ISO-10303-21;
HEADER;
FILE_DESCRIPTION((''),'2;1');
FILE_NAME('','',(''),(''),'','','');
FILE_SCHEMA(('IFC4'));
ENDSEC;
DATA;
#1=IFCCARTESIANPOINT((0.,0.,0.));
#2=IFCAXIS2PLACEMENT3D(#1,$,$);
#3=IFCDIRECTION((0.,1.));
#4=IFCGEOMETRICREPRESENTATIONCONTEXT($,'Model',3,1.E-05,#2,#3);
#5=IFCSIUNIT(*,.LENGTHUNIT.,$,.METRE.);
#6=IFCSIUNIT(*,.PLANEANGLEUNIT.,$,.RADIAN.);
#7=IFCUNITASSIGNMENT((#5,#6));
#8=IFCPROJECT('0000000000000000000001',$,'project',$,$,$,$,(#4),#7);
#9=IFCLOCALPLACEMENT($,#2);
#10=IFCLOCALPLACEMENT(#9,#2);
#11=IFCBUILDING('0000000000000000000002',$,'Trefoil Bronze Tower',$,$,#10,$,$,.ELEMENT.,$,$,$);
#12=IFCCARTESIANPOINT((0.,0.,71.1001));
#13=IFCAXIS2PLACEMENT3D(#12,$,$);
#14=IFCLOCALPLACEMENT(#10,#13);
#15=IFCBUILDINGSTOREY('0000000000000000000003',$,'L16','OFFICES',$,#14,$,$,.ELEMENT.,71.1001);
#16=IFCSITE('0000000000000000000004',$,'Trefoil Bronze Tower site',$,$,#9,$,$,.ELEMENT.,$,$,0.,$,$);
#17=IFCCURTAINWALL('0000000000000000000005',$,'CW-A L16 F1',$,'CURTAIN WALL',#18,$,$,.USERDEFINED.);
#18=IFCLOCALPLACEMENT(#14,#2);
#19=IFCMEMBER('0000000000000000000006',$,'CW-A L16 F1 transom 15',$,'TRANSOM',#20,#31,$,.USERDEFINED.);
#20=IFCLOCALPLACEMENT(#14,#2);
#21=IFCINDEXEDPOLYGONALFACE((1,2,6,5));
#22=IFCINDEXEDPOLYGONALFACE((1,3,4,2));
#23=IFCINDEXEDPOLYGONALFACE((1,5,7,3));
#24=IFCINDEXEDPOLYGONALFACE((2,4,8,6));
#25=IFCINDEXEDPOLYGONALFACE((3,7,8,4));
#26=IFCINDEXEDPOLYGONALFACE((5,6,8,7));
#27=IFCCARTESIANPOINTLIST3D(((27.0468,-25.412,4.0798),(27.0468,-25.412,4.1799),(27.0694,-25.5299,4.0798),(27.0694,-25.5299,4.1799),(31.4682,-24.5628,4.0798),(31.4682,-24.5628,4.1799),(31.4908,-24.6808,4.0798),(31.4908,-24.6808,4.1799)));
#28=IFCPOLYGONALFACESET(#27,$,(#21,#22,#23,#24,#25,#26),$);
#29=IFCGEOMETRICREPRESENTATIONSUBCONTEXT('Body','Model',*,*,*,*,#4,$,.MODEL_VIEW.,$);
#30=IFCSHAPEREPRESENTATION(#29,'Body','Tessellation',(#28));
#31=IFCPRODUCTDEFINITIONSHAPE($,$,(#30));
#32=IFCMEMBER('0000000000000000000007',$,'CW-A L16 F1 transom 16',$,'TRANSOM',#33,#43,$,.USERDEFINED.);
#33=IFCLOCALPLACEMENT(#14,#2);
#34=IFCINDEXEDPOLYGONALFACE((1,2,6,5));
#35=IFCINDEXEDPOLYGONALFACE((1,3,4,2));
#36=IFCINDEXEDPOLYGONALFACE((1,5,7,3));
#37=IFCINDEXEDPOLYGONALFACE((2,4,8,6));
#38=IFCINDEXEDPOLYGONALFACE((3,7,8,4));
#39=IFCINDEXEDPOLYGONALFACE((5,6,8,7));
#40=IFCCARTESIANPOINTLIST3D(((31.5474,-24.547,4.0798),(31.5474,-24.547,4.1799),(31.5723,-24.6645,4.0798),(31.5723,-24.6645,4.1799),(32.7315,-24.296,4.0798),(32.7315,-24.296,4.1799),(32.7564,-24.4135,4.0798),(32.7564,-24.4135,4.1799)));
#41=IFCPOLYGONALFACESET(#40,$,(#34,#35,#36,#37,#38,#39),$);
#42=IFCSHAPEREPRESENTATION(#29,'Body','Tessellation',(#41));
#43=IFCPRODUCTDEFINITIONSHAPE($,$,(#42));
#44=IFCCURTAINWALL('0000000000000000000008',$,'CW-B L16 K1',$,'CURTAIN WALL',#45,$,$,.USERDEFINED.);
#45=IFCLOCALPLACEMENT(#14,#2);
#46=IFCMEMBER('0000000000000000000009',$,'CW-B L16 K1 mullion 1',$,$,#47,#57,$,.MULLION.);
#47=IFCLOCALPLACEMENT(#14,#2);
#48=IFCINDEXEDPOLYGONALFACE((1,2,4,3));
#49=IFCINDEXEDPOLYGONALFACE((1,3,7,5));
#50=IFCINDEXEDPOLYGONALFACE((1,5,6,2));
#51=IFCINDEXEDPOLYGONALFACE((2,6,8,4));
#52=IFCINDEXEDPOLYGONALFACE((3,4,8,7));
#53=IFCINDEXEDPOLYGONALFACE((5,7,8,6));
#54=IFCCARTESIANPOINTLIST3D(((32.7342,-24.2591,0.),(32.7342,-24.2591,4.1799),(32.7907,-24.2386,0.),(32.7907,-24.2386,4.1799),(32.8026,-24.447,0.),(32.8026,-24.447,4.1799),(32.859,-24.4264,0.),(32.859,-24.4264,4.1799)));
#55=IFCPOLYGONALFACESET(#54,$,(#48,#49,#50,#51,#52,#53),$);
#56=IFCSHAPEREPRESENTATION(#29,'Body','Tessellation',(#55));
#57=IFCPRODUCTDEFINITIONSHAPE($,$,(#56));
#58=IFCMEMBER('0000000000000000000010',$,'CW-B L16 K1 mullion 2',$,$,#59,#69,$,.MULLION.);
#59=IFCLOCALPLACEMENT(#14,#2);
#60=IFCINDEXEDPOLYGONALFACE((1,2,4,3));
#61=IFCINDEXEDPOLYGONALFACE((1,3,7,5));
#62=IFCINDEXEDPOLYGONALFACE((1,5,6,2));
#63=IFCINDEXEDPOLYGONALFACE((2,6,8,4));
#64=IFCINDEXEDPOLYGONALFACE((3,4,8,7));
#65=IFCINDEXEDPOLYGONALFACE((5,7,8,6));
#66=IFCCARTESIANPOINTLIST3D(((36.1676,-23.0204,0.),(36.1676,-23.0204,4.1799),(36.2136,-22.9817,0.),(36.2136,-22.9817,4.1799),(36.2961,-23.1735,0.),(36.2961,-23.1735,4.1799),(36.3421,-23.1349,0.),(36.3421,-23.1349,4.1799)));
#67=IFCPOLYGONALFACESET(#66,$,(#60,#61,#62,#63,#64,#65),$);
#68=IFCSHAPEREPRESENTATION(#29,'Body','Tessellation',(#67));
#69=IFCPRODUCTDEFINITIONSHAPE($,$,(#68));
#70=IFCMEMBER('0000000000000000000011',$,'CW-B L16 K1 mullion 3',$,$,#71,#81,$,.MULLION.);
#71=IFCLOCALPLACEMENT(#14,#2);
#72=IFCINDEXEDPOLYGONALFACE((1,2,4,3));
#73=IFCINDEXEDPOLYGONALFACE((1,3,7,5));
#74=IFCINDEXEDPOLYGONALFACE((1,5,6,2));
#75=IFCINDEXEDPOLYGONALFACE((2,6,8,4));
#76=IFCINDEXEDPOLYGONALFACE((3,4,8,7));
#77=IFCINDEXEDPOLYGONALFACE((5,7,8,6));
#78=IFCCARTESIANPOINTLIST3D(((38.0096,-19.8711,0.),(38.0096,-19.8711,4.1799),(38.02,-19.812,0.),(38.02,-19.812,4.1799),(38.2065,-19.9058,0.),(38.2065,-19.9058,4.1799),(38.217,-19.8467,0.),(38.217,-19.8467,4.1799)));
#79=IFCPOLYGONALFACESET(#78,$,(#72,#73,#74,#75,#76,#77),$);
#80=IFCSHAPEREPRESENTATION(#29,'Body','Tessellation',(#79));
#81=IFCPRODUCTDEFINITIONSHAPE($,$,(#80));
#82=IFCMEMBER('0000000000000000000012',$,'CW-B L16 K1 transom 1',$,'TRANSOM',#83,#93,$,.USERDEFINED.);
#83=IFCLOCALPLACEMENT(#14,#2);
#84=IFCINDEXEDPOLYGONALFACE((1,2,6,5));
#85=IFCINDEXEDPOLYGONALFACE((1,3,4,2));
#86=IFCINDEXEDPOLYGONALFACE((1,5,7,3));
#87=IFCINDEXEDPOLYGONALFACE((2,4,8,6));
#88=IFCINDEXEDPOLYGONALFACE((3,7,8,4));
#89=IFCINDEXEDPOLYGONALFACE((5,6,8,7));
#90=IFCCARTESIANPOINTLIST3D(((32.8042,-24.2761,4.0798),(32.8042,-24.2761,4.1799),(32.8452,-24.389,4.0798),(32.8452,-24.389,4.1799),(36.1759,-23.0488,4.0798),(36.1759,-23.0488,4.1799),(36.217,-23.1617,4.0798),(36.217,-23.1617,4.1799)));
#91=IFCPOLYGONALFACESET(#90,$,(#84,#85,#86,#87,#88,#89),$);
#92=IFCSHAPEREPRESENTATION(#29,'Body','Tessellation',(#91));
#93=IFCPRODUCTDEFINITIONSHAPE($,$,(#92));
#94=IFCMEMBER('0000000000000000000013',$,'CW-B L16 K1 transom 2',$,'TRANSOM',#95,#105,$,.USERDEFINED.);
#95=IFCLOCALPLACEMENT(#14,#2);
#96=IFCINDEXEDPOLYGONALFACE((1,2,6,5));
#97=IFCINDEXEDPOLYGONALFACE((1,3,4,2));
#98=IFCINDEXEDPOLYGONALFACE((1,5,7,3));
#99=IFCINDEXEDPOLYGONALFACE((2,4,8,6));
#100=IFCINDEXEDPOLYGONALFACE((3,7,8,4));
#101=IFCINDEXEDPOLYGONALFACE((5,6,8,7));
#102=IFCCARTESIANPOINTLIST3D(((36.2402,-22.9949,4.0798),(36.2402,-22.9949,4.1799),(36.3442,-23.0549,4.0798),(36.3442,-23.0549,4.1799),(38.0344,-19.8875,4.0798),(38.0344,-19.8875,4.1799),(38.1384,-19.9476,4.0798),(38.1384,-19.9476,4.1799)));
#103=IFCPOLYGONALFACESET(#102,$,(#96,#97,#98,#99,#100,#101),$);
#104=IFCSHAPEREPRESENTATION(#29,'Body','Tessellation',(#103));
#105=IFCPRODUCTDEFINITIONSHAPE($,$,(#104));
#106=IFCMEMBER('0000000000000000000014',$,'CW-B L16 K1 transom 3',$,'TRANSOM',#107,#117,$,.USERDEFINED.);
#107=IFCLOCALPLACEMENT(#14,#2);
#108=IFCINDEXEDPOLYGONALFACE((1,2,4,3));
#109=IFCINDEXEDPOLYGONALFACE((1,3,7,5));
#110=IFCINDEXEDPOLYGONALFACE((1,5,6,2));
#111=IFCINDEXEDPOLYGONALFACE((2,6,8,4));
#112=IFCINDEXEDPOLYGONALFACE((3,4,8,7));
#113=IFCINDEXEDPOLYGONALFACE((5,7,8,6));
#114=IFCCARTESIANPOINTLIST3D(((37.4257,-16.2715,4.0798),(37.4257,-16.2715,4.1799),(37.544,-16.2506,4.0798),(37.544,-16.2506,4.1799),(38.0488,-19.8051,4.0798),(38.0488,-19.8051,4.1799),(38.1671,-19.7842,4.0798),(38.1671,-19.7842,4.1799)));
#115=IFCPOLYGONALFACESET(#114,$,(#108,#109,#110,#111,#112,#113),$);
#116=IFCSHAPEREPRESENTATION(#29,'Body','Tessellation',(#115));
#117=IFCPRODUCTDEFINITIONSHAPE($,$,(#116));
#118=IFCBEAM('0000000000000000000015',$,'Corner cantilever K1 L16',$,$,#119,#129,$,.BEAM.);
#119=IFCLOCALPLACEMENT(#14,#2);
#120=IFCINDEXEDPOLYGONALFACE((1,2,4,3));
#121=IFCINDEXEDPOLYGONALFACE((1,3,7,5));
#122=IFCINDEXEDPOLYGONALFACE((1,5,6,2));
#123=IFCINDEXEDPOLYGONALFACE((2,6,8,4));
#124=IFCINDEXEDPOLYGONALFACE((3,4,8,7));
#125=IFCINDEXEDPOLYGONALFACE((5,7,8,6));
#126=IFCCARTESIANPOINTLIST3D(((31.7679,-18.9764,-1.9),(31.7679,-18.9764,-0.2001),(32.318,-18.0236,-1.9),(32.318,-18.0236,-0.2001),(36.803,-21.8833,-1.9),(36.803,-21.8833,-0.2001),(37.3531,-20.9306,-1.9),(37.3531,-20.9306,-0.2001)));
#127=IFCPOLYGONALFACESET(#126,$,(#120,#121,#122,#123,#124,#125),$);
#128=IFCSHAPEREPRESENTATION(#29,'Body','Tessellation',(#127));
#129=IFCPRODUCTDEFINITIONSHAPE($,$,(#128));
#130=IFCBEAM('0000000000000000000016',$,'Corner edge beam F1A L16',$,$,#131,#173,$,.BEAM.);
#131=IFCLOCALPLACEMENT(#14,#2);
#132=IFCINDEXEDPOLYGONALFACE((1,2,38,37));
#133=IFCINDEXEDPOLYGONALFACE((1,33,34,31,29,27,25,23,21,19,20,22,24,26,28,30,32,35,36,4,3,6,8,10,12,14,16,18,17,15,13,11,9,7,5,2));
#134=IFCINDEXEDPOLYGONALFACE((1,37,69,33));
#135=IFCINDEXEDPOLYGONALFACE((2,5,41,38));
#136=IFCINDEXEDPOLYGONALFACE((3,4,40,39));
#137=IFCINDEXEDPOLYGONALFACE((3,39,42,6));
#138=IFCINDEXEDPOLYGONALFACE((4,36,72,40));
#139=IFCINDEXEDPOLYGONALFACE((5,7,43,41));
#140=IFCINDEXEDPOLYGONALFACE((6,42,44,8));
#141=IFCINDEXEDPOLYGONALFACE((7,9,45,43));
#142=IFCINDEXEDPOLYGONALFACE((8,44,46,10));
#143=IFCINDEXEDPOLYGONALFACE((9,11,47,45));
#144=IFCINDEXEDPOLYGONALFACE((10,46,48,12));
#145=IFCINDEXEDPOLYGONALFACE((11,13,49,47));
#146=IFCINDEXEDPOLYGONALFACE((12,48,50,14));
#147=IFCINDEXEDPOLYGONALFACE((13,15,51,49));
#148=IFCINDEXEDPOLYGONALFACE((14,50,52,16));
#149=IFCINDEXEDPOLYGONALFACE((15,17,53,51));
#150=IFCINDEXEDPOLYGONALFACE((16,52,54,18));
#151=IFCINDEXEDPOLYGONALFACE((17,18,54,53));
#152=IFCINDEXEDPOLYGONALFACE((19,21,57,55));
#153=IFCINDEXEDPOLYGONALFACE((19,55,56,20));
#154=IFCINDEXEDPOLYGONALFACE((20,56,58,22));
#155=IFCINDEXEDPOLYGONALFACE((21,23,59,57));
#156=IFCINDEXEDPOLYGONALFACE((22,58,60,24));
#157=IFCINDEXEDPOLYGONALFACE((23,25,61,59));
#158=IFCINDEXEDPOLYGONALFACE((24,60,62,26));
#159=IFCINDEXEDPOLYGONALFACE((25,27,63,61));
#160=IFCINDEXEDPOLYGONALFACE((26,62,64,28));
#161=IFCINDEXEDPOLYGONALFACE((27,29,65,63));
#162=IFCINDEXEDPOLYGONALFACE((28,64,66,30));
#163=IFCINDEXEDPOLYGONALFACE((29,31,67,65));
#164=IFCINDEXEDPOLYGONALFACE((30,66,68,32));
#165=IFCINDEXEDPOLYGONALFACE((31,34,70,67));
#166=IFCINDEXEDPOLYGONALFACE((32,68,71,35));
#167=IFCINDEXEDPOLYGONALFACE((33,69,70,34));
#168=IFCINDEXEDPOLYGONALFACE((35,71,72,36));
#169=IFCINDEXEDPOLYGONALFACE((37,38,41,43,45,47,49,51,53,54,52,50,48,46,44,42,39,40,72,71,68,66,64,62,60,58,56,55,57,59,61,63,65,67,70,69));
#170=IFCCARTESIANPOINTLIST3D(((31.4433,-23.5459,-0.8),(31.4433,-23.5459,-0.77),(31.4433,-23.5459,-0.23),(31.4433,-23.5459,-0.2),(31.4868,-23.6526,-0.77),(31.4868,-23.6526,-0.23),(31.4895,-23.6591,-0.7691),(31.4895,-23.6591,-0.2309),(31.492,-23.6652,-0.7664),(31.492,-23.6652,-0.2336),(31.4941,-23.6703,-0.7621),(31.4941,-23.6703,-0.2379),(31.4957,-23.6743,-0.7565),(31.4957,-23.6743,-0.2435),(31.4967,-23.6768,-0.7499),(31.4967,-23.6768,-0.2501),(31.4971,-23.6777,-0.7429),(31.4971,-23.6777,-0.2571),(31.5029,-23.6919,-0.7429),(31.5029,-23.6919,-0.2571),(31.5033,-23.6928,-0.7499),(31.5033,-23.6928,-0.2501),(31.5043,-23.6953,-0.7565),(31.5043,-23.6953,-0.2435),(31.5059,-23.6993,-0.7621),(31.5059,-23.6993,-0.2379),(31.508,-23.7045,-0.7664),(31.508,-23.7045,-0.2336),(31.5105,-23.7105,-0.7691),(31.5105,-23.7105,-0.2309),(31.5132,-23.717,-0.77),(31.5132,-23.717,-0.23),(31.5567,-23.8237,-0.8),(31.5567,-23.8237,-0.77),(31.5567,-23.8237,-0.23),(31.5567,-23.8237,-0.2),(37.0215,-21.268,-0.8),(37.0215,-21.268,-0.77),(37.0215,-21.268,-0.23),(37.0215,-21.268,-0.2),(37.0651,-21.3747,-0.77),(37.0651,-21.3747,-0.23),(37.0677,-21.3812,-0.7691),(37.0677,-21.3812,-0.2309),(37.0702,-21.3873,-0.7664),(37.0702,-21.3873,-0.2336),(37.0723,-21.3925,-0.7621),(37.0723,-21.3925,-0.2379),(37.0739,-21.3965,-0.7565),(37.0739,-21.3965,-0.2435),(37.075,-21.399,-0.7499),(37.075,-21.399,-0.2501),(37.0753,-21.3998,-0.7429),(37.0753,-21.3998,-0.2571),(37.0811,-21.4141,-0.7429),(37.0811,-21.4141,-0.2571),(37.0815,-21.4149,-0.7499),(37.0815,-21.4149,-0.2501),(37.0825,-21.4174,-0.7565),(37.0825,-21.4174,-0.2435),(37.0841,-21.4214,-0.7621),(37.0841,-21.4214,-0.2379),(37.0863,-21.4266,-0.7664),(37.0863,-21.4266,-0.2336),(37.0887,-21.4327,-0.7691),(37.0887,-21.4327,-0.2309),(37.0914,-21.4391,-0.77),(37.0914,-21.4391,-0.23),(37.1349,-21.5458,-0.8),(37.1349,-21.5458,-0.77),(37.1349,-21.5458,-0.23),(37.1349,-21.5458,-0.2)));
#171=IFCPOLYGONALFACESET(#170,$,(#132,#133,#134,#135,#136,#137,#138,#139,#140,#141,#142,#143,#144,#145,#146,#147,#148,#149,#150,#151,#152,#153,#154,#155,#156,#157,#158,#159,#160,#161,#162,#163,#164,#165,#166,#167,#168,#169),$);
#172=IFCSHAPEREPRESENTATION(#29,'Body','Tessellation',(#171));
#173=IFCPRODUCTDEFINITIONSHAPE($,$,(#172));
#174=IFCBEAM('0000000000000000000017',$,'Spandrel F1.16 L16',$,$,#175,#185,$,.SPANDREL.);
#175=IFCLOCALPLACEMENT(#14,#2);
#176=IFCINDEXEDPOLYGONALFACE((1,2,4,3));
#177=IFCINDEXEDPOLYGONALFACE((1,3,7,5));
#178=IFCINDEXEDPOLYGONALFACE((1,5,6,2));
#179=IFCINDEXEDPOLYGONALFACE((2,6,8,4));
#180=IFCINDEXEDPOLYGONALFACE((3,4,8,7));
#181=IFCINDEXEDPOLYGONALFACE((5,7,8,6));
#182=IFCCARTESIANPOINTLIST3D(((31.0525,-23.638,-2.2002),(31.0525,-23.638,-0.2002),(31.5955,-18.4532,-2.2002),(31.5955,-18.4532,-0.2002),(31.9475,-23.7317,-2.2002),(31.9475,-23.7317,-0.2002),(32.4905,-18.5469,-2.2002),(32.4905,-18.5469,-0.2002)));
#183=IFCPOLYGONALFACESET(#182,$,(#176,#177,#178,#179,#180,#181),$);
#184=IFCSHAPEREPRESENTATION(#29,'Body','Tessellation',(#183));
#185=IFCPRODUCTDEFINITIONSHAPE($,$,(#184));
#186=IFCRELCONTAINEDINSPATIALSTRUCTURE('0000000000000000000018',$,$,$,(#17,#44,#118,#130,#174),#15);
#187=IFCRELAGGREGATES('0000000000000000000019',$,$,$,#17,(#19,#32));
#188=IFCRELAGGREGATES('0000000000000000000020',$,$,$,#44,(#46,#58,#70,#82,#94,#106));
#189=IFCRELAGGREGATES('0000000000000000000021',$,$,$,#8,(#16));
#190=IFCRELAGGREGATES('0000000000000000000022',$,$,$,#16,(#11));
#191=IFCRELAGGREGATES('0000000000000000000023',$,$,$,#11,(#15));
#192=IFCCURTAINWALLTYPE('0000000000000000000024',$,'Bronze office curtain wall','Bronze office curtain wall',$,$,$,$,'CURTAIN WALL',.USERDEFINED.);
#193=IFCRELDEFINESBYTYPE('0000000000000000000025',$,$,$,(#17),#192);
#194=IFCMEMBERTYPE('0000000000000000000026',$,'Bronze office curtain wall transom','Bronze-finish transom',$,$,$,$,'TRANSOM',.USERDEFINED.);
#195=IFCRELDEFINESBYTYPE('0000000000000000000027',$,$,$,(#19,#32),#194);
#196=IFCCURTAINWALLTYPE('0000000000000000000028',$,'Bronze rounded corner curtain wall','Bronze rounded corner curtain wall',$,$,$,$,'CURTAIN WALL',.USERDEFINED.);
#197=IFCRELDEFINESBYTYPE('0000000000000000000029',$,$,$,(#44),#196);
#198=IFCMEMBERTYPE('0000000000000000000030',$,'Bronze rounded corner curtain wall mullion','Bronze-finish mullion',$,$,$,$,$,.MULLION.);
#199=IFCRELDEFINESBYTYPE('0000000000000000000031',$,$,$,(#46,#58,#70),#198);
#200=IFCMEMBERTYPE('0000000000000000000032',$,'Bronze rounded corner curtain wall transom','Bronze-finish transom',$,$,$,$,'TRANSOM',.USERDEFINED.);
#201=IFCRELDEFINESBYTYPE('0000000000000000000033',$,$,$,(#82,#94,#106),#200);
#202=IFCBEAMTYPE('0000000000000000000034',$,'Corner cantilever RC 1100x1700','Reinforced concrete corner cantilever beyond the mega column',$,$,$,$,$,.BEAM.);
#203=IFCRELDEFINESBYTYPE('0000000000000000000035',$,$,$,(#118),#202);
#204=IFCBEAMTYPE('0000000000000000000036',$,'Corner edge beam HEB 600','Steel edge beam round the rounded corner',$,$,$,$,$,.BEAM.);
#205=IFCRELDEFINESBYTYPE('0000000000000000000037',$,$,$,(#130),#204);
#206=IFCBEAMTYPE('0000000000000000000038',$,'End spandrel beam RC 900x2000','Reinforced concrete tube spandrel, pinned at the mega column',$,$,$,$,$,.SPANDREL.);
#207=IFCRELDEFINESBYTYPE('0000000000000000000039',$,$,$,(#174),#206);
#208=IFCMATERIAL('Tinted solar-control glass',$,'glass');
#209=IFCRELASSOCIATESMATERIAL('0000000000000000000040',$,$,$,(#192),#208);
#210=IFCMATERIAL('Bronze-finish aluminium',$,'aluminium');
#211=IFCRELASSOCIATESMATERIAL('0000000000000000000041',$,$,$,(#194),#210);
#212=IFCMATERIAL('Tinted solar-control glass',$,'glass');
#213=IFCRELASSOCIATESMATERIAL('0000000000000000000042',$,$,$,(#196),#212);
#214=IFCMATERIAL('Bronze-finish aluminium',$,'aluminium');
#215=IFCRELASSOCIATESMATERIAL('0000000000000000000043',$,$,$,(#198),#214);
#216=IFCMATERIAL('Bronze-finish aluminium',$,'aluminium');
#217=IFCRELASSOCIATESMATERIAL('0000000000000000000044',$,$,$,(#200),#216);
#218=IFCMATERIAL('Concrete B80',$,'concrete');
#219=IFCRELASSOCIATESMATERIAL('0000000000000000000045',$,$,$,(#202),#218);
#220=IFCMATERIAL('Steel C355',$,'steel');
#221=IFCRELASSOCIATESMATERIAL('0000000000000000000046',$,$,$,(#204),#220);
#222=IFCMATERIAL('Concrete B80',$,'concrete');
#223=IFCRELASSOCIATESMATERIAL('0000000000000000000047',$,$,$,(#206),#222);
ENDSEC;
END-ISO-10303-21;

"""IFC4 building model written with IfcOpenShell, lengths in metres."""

from ifc_helpers import new_model, si_unit, direction, frame, origin, origin_2d, place, context, subcontext, project, spatial, rectangle, i_section, extrude, material, material_profile, profile_set, type_object, element, aggregate, save


model = new_model("IFC4")

# Units and contexts
model_context = context("Model", 3, precision=1e-05, world=origin(), true_north=direction((0.0, 1.0)))
body_context = subcontext(model_context, "Body", "Model", "MODEL_VIEW")
ifc_project = project(units=[si_unit("LENGTHUNIT", "METRE"), si_unit("PLANEANGLEUNIT", "RADIAN")], contexts=[model_context])

# Site, building, storey
site_placement = place(None, origin())
site = spatial("IfcSite", under=ifc_project, at=site_placement, Name="Trefoil Bronze Tower site", CompositionType="ELEMENT", RefElevation=0.0)
building_placement = place(site_placement, origin())
building = spatial("IfcBuilding", under=site, at=building_placement, Name="Trefoil Bronze Tower", CompositionType="ELEMENT")
storey_placement = place(building_placement, frame((0.0, 0.0, 71.1001)))
storey = spatial("IfcBuildingStorey", under=building, at=storey_placement, Name="L16", Description="OFFICES", CompositionType="ELEMENT", Elevation=71.1001)

# Curtain walls, members
ifc_material_1 = material(Name="Tinted solar-control glass", Category="glass")
curtain_wall_type_1 = type_object("IfcCurtainWallType", Name="Bronze office curtain wall", Description="Bronze office curtain wall", ElementType="CURTAIN WALL", PredefinedType="USERDEFINED", material=ifc_material_1)
curtain_wall_1_placement = place(storey_placement, origin())
curtain_wall_1 = element("IfcCurtainWall", 1, at=curtain_wall_1_placement, inside=storey, type_object=curtain_wall_type_1, Name="CW-A L16 F1", ObjectType="CURTAIN WALL", PredefinedType="USERDEFINED")
ifc_material_2 = material(Name="Bronze-finish aluminium", Category="aluminium")
ifc_material_profile_1 = material_profile(ifc_material_2, rectangle(XDim=0.1201, YDim=0.1001, at=origin_2d()), Name="CW-A transom")
ifc_profile_set_1 = profile_set([ifc_material_profile_1], Name="Bronze-finish aluminium")
member_type_1 = type_object("IfcMemberType", Name="Bronze office curtain wall transom", Description="Bronze-finish transom", ElementType="TRANSOM", PredefinedType="USERDEFINED", material=ifc_profile_set_1)
member_1_placement = place(storey_placement, frame((27.0581, -25.4709, 4.1299), z_axis=(0.982054, 0.188602, 0.0), x_axis=(-0.188602, 0.982054, 0.0)))
member_1 = element("IfcMember", 2, at=member_1_placement, type_object=member_type_1, Name="CW-A L16 F1 transom 15", ObjectType="TRANSOM", PredefinedType="USERDEFINED", context=body_context, shape_type="SweptSolid", body=[
    extrude(rectangle(XDim=0.1201, YDim=0.1001, at=origin_2d()), origin(), (0.0, 0.0, 1.0), 4.5022),
])
member_2_placement = place(storey_placement, frame((31.5598, -24.6057, 4.1299), z_axis=(0.978266, 0.207352, 0.0), x_axis=(-0.207352, 0.978266, 0.0)))
member_2 = element("IfcMember", 3, at=member_2_placement, type_object=member_type_1, Name="CW-A L16 F1 transom 16", ObjectType="TRANSOM", PredefinedType="USERDEFINED", context=body_context, shape_type="SweptSolid", body=[
    extrude(rectangle(XDim=0.1201, YDim=0.1001, at=origin_2d()), origin(), (0.0, 0.0, 1.0), 1.2104),
])
ifc_material_3 = material(Name="Tinted solar-control glass", Category="glass")
curtain_wall_type_2 = type_object("IfcCurtainWallType", Name="Bronze rounded corner curtain wall", Description="Bronze rounded corner curtain wall", ElementType="CURTAIN WALL", PredefinedType="USERDEFINED", material=ifc_material_3)
curtain_wall_2_placement = place(storey_placement, origin())
curtain_wall_2 = element("IfcCurtainWall", 4, at=curtain_wall_2_placement, inside=storey, type_object=curtain_wall_type_2, Name="CW-B L16 K1", ObjectType="CURTAIN WALL", PredefinedType="USERDEFINED")
ifc_material_4 = material(Name="Bronze-finish aluminium", Category="aluminium")
ifc_material_profile_2 = material_profile(ifc_material_4, rectangle(XDim=0.2, YDim=0.0601, at=origin_2d()), Name="CW-B mullion")
ifc_profile_set_2 = profile_set([ifc_material_profile_2], Name="Bronze-finish aluminium")
member_type_2 = type_object("IfcMemberType", Name="Bronze rounded corner curtain wall mullion", Description="Bronze-finish mullion", PredefinedType="MULLION", material=ifc_profile_set_2)
member_3_placement = place(storey_placement, frame((32.7966, -24.3428, 0.0), z_axis=(0.0, 0.0, 1.0), x_axis=(-0.34202, 0.939693, 0.0)))
member_3 = element("IfcMember", 5, at=member_3_placement, type_object=member_type_2, Name="CW-B L16 K1 mullion 1", PredefinedType="MULLION", context=body_context, shape_type="SweptSolid", body=[
    extrude(rectangle(XDim=0.2, YDim=0.0601, at=origin_2d()), origin(), (0.0, 0.0, 1.0), 4.1799),
])
member_4_placement = place(storey_placement, frame((36.2549, -23.0776, 0.0), z_axis=(0.0, 0.0, 1.0), x_axis=(-0.642788, 0.766044, 0.0)))
member_4 = element("IfcMember", 6, at=member_4_placement, type_object=member_type_2, Name="CW-B L16 K1 mullion 2", PredefinedType="MULLION", context=body_context, shape_type="SweptSolid", body=[
    extrude(rectangle(XDim=0.2, YDim=0.0601, at=origin_2d()), origin(), (0.0, 0.0, 1.0), 4.1799),
])
member_5_placement = place(storey_placement, frame((38.1133, -19.8589, 0.0), z_axis=(0.0, 0.0, 1.0), x_axis=(-0.984808, 0.173648, 0.0)))
member_5 = element("IfcMember", 7, at=member_5_placement, type_object=member_type_2, Name="CW-B L16 K1 mullion 3", PredefinedType="MULLION", context=body_context, shape_type="SweptSolid", body=[
    extrude(rectangle(XDim=0.2, YDim=0.0601, at=origin_2d()), origin(), (0.0, 0.0, 1.0), 4.1799),
])
ifc_material_5 = material(Name="Bronze-finish aluminium", Category="aluminium")
ifc_material_profile_3 = material_profile(ifc_material_5, rectangle(XDim=0.1201, YDim=0.1001, at=origin_2d()), Name="CW-B transom")
ifc_profile_set_3 = profile_set([ifc_material_profile_3], Name="Bronze-finish aluminium")
member_type_3 = type_object("IfcMemberType", Name="Bronze rounded corner curtain wall transom", Description="Bronze-finish transom", ElementType="TRANSOM", PredefinedType="USERDEFINED", material=ifc_profile_set_3)
member_6_placement = place(storey_placement, frame((32.8247, -24.3325, 4.1299), z_axis=(0.939688, 0.342033, 0.0), x_axis=(-0.342033, 0.939688, 0.0)))
member_6 = element("IfcMember", 8, at=member_6_placement, type_object=member_type_3, Name="CW-B L16 K1 transom 1", ObjectType="TRANSOM", PredefinedType="USERDEFINED", context=body_context, shape_type="SweptSolid", body=[
    extrude(rectangle(XDim=0.1201, YDim=0.1001, at=origin_2d()), origin(), (0.0, 0.0, 1.0), 3.5881),
])
member_7_placement = place(storey_placement, frame((36.2922, -23.0249, 4.1299), z_axis=(0.500025, 0.866011, 0.0), x_axis=(-0.866011, 0.500025, 0.0)))
member_7 = element("IfcMember", 9, at=member_7_placement, type_object=member_type_3, Name="CW-B L16 K1 transom 2", ObjectType="TRANSOM", PredefinedType="USERDEFINED", context=body_context, shape_type="SweptSolid", body=[
    extrude(rectangle(XDim=0.1201, YDim=0.1001, at=origin_2d()), origin(), (0.0, 0.0, 1.0), 3.5881),
])
member_8_placement = place(storey_placement, frame((38.1079, -19.7947, 4.1299), z_axis=(-0.173638, 0.98481, 0.0), x_axis=(-0.98481, -0.173638, 0.0)))
member_8 = element("IfcMember", 10, at=member_8_placement, type_object=member_type_3, Name="CW-B L16 K1 transom 3", ObjectType="TRANSOM", PredefinedType="USERDEFINED", context=body_context, shape_type="SweptSolid", body=[
    extrude(rectangle(XDim=0.1201, YDim=0.1001, at=origin_2d()), origin(), (0.0, 0.0, 1.0), 3.5881),
])

# Beams
ifc_material_6 = material(Name="Concrete B80", Category="concrete")
ifc_material_profile_4 = material_profile(ifc_material_6, rectangle(XDim=1.1001, YDim=1.7, at=origin_2d()), Name="RC 1100x1700")
ifc_profile_set_4 = profile_set([ifc_material_profile_4], Name="Concrete B80")
beam_type_1 = type_object("IfcBeamType", Name="Corner cantilever RC 1100x1700", Description="Reinforced concrete corner cantilever beyond the mega column", PredefinedType="BEAM", material=ifc_profile_set_4)
beam_1_placement = place(storey_placement, frame((32.043, -18.5, -1.05), z_axis=(0.86603, -0.499991, 0.0), x_axis=(0.499991, 0.86603, 0.0)))
element("IfcBeam", 11, at=beam_1_placement, inside=storey, type_object=beam_type_1, Name="Corner cantilever K1 L16", PredefinedType="BEAM", context=body_context, shape_type="SweptSolid", body=[
    extrude(rectangle(XDim=1.1001, YDim=1.7, at=origin_2d()), origin(), (0.0, 0.0, 1.0), 5.814),
])
ifc_material_7 = material(Name="Steel C355", Category="steel")
ifc_material_profile_5 = material_profile(ifc_material_7, i_section(OverallWidth=0.3, OverallDepth=0.6001, WebThickness=0.0154, FlangeThickness=0.03, FilletRadius=0.0271, at=origin_2d()), Name="HEB 600")
ifc_profile_set_5 = profile_set([ifc_material_profile_5], Name="Steel C355")
beam_type_2 = type_object("IfcBeamType", Name="Corner edge beam HEB 600", Description="Steel edge beam round the rounded corner", PredefinedType="BEAM", material=ifc_profile_set_5)
beam_2_placement = place(storey_placement, frame((31.5, -23.6848, -0.5), z_axis=(0.925787, 0.378046, 0.0), x_axis=(-0.378046, 0.925787, 0.0)))
element("IfcBeam", 12, at=beam_2_placement, inside=storey, type_object=beam_type_2, Name="Corner edge beam F1A L16", PredefinedType="BEAM", context=body_context, shape_type="SweptSolid", body=[
    extrude(i_section(OverallWidth=0.3, OverallDepth=0.6001, WebThickness=0.0154, FlangeThickness=0.03, FilletRadius=0.0271, at=origin_2d()), origin(), (0.0, 0.0, 1.0), 6.0254),
])
ifc_material_8 = material(Name="Concrete B80", Category="concrete")
ifc_material_profile_6 = material_profile(ifc_material_8, rectangle(XDim=0.8999, YDim=2.0, at=origin_2d()), Name="RC 900x2000")
ifc_profile_set_6 = profile_set([ifc_material_profile_6], Name="Concrete B80")
beam_type_3 = type_object("IfcBeamType", Name="End spandrel beam RC 900x2000", Description="Reinforced concrete tube spandrel, pinned at the mega column", PredefinedType="SPANDREL", material=ifc_profile_set_6)
beam_3_placement = place(storey_placement, frame((31.5, -23.6848, -1.2002), z_axis=(0.104153, 0.994561, 0.0), x_axis=(-0.994561, 0.104153, 0.0)))
element("IfcBeam", 13, at=beam_3_placement, inside=storey, type_object=beam_type_3, Name="Spandrel F1.16 L16", PredefinedType="SPANDREL", context=body_context, shape_type="SweptSolid", body=[
    extrude(rectangle(XDim=0.8999, YDim=2.0, at=origin_2d()), origin(), (0.0, 0.0, 1.0), 5.2131),
])

aggregate(curtain_wall_1, [member_1, member_2])
aggregate(curtain_wall_2, [member_3, member_4, member_5, member_6, member_7, member_8])

save(model, "model.ifc")
